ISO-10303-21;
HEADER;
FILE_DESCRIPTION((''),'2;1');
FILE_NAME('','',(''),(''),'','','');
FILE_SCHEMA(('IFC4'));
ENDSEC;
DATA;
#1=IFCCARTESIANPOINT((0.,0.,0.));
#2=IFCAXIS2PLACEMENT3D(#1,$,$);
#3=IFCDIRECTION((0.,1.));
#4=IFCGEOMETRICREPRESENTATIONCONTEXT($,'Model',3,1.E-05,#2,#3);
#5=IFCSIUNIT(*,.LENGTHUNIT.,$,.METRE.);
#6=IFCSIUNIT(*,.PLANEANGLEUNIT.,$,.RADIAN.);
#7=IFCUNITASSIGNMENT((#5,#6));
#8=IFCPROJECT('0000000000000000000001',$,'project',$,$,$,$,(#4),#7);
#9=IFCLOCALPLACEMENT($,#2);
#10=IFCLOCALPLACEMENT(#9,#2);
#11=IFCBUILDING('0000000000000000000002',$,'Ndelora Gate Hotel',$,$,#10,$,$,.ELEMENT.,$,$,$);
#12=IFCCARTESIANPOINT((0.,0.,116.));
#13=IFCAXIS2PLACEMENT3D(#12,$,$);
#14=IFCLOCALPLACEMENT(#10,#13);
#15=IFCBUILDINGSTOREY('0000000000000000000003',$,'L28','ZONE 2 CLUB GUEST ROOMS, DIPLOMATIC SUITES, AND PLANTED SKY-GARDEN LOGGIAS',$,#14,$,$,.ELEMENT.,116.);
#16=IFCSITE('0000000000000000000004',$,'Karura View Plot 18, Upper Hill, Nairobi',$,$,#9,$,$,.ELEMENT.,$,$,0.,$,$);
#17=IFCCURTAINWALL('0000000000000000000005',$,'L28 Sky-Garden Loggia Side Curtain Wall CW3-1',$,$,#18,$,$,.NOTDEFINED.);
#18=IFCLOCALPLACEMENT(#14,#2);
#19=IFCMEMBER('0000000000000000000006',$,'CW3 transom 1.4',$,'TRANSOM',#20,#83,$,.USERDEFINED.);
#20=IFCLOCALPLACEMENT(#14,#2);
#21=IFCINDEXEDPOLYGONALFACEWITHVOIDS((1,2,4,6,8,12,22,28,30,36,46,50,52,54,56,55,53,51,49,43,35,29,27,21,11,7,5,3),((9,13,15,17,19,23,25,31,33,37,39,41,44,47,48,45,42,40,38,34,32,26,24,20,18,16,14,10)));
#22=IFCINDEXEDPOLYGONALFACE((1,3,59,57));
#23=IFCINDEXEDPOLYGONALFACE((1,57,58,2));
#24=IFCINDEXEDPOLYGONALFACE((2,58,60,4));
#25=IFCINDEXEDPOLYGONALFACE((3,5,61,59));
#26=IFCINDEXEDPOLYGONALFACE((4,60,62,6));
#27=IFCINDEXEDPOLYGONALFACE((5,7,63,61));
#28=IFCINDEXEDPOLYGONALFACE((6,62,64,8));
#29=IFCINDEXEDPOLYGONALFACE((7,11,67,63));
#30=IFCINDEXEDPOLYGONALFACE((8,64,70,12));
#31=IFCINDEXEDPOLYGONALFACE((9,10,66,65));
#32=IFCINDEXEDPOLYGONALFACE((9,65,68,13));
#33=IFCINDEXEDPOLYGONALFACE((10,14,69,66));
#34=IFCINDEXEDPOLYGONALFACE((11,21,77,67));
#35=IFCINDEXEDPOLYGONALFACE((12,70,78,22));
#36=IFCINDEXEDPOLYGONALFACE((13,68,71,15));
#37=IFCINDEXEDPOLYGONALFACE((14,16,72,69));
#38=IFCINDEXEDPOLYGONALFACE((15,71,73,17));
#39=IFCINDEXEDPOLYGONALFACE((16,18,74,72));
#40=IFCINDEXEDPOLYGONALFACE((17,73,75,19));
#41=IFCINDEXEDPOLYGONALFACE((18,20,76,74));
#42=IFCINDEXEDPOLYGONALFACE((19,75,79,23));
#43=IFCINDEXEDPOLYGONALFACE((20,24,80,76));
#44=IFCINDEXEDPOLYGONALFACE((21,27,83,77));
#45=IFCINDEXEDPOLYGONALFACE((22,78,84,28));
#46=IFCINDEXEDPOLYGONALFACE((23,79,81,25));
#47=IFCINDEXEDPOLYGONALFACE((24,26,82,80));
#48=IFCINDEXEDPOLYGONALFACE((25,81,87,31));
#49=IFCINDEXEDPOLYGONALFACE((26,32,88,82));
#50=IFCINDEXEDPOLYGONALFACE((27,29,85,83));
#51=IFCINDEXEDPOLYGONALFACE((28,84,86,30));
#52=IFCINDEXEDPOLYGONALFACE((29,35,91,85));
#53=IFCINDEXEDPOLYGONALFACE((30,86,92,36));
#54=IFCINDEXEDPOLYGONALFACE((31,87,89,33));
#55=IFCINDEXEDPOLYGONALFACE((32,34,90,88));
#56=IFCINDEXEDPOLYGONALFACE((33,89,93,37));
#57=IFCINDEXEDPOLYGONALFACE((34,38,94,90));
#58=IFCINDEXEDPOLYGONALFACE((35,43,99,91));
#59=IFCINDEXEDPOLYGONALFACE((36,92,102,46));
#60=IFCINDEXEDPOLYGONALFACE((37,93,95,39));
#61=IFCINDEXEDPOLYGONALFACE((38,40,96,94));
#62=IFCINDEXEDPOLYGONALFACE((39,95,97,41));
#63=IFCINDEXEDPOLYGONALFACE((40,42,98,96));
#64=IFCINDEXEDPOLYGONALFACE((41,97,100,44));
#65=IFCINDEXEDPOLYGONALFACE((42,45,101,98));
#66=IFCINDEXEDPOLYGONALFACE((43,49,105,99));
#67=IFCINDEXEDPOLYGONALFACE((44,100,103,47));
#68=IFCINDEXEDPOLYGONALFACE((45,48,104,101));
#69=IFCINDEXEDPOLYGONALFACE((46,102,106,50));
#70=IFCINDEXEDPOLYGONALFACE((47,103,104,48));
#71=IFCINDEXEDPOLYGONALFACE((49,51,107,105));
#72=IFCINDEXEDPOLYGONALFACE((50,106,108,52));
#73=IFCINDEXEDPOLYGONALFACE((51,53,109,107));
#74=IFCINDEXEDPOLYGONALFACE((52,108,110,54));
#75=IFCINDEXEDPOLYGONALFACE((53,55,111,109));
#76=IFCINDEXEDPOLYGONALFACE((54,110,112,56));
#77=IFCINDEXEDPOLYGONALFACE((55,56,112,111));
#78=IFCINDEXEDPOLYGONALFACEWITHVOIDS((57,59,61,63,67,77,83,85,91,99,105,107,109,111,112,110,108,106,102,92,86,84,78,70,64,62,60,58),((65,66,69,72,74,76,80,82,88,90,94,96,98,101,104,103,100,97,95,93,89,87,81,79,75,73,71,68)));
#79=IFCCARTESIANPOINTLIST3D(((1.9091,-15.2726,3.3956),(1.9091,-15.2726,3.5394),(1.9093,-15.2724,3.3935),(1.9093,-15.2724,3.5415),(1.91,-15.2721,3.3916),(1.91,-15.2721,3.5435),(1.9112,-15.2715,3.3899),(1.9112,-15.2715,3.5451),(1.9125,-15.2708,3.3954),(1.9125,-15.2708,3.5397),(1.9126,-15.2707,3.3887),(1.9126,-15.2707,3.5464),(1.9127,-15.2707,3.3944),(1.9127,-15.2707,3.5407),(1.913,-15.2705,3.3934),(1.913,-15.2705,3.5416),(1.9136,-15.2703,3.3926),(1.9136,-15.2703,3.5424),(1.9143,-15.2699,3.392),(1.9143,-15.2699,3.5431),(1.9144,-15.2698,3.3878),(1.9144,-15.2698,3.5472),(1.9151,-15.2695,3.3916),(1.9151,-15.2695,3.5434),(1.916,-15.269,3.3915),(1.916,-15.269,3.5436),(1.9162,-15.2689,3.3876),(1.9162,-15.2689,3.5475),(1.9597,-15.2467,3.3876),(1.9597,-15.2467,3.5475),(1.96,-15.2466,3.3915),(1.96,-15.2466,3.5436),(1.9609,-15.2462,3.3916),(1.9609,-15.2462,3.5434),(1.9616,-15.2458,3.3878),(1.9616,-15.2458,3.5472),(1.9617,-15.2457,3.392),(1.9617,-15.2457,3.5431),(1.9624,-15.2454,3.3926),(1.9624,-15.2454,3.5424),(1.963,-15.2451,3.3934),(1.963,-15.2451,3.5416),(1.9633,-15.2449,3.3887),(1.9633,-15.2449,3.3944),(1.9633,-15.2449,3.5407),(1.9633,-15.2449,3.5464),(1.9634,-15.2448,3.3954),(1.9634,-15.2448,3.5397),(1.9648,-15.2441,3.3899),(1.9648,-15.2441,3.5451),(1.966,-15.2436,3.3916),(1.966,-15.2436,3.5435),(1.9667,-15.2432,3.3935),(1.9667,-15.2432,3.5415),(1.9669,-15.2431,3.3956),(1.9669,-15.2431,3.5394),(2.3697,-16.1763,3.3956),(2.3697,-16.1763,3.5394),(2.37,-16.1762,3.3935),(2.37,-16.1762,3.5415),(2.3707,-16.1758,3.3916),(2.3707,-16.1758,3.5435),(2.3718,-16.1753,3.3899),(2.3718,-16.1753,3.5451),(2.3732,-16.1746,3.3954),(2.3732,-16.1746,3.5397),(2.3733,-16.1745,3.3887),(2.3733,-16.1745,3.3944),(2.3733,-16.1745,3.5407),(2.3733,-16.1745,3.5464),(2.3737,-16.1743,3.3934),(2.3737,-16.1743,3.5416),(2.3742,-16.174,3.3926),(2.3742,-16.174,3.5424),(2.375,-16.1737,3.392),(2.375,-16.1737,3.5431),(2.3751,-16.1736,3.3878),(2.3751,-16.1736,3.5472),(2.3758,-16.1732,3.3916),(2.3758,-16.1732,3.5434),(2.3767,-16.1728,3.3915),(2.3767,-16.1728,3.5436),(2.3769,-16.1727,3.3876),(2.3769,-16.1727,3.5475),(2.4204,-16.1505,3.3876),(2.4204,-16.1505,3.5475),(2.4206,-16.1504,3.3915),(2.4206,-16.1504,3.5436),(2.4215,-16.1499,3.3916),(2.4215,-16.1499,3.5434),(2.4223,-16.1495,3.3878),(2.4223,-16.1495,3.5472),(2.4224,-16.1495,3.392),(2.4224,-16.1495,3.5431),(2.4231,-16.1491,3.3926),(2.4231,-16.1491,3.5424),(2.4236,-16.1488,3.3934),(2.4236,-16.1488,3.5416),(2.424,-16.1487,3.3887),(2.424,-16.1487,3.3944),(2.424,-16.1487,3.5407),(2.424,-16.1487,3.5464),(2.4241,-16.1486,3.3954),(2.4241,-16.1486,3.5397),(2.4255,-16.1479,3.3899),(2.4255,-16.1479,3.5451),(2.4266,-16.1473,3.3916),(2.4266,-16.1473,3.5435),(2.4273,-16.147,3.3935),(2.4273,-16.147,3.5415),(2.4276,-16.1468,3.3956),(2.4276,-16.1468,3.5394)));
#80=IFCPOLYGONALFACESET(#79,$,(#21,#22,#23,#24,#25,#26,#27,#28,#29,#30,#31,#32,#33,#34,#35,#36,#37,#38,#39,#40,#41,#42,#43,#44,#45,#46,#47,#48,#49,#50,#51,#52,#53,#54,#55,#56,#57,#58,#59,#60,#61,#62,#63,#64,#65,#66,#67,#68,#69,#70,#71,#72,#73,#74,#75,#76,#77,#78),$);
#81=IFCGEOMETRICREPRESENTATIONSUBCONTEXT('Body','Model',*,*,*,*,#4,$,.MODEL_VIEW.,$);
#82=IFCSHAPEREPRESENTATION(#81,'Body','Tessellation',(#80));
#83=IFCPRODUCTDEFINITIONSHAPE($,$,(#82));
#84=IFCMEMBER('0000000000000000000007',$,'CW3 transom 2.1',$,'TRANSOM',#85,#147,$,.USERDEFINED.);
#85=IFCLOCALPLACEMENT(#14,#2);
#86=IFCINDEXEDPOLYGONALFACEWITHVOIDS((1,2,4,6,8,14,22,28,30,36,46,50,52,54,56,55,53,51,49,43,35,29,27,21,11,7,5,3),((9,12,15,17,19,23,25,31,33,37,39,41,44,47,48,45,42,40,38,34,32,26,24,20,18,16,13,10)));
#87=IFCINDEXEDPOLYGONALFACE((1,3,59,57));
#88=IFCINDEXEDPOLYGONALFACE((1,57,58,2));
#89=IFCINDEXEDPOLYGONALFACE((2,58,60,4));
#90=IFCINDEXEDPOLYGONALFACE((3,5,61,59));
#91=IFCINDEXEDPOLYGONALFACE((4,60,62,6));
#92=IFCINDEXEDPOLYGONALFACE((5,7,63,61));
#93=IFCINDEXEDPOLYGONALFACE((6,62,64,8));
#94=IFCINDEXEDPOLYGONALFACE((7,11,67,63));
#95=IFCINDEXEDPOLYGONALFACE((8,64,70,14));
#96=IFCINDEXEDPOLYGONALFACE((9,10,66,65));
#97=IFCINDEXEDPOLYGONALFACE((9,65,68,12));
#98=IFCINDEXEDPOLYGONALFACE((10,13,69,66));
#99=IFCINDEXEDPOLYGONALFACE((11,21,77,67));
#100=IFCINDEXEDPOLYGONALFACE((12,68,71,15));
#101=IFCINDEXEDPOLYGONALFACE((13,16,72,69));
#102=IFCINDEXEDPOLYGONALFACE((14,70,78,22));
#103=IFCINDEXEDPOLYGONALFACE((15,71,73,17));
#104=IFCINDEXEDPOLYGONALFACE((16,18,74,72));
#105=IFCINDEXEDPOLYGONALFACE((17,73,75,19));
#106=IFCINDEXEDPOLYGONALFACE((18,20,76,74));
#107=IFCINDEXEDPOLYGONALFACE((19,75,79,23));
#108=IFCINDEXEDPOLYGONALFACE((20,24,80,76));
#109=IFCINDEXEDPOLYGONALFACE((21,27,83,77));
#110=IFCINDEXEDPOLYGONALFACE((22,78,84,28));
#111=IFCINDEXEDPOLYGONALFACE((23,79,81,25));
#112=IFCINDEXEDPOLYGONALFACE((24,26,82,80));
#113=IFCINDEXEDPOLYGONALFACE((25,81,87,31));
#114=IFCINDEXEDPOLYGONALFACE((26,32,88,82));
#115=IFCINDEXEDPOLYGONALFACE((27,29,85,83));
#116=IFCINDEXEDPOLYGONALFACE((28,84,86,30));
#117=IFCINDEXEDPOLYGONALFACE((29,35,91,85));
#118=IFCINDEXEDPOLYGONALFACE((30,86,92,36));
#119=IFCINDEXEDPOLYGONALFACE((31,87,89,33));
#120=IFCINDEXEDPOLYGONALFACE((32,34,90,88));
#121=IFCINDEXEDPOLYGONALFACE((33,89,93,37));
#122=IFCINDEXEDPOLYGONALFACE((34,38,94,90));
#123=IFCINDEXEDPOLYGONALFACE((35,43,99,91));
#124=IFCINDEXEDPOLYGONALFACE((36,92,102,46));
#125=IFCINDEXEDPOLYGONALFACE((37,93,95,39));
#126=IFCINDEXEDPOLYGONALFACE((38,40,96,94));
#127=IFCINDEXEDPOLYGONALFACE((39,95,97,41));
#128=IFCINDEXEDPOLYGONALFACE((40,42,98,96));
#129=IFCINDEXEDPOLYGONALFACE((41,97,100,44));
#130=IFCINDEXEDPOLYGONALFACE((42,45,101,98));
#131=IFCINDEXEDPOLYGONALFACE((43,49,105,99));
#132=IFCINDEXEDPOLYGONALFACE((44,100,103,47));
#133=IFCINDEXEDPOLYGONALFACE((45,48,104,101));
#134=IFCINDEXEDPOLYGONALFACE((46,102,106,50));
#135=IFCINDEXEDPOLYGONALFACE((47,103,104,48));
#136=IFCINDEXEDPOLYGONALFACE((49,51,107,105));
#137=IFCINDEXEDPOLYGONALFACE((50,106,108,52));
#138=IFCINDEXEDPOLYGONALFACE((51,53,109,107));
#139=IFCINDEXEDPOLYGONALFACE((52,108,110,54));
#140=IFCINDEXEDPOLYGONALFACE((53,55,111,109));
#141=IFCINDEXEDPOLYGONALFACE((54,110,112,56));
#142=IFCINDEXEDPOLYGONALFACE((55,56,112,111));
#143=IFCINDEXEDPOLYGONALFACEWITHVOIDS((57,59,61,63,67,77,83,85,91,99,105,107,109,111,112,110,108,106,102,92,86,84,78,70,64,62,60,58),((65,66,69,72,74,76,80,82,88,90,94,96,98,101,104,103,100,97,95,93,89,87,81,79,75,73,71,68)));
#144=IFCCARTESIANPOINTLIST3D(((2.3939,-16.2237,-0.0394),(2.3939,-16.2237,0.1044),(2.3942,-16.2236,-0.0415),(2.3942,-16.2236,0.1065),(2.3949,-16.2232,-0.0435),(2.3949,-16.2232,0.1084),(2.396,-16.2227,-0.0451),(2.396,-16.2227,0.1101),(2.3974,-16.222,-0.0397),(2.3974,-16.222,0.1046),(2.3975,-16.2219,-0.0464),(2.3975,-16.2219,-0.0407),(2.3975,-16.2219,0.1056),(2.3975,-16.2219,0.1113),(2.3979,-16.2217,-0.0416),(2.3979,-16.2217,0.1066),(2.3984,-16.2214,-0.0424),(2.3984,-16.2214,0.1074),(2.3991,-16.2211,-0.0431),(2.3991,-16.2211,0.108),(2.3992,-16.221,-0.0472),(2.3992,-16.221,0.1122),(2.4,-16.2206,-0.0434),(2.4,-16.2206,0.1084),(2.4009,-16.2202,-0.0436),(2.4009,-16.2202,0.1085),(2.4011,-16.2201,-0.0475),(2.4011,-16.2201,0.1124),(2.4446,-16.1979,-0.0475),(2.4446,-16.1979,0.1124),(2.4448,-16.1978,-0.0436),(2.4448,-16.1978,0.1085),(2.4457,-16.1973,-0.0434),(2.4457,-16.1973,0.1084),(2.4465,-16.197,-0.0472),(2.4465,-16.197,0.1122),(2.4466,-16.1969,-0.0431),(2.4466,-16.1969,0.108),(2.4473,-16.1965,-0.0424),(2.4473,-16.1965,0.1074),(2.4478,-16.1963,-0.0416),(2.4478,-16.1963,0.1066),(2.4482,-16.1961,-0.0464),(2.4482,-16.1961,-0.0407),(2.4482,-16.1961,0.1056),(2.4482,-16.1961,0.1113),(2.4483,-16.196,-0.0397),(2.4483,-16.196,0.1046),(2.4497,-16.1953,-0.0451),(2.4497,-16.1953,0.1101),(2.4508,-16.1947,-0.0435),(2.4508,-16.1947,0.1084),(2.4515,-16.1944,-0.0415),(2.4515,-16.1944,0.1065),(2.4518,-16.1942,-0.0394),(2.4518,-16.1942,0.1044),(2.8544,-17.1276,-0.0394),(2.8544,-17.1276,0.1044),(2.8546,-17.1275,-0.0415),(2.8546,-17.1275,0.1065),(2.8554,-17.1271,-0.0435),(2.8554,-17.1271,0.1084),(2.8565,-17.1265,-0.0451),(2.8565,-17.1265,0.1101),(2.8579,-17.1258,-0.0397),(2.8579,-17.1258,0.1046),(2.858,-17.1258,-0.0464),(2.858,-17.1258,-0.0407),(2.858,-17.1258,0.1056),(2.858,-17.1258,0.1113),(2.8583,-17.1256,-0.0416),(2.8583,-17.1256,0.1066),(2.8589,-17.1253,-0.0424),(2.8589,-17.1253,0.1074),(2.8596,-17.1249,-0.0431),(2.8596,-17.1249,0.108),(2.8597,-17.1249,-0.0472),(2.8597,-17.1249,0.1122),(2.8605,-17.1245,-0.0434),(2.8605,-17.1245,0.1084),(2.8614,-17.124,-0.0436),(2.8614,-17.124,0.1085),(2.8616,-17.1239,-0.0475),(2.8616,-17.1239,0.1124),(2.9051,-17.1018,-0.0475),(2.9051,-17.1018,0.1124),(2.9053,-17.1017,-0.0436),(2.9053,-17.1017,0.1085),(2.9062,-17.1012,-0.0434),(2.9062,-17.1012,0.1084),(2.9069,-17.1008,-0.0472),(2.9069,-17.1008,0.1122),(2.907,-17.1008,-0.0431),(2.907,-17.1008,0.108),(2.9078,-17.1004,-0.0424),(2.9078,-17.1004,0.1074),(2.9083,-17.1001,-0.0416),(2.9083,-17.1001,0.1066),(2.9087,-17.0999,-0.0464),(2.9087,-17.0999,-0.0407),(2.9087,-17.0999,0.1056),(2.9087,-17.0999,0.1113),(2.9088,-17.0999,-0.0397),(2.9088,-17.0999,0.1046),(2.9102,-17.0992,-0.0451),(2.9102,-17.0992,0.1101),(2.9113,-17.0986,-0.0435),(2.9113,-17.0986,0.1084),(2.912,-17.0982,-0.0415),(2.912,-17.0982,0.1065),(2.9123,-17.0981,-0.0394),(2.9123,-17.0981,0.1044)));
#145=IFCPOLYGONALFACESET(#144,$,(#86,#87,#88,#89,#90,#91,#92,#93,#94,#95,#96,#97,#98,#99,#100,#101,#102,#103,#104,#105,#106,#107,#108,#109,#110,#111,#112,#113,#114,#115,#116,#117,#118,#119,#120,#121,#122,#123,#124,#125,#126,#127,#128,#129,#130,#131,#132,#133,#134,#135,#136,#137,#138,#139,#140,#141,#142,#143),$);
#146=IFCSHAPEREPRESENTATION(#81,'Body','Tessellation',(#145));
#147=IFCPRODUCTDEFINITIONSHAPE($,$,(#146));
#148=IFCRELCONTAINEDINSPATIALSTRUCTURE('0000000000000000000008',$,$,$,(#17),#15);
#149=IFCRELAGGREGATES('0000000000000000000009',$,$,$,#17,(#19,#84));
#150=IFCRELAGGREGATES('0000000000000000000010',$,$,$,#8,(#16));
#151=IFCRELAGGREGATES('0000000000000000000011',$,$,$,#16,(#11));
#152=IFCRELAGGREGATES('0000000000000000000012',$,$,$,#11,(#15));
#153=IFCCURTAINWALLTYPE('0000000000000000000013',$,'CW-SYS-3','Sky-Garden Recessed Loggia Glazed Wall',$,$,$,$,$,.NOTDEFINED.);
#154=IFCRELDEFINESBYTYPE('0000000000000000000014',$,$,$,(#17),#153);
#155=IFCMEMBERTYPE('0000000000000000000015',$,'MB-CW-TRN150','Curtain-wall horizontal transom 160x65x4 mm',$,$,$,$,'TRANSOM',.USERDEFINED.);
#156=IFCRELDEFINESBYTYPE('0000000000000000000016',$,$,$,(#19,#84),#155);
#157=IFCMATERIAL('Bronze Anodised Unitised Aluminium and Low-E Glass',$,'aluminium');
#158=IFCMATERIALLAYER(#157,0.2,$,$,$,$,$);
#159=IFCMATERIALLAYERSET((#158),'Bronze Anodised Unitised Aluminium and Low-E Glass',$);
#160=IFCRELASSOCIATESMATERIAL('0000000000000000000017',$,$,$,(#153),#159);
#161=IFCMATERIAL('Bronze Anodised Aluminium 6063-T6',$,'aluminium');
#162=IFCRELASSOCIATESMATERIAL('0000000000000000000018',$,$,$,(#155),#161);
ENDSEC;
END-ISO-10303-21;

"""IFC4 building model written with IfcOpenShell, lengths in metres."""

from ifc_helpers import new_model, si_unit, direction, frame, origin, origin_2d, place, context, subcontext, project, spatial, hollow_rectangle, extrude, material, layer, layer_set, material_profile, profile_set, type_object, element, aggregate, save


model = new_model("IFC4")

# Units and contexts
model_context = context("Model", 3, precision=1e-05, world=origin(), true_north=direction((0.0, 1.0)))
body_context = subcontext(model_context, "Body", "Model", "MODEL_VIEW")
ifc_project = project(units=[si_unit("LENGTHUNIT", "METRE"), si_unit("PLANEANGLEUNIT", "RADIAN")], contexts=[model_context])

# Site, building, storey
site_placement = place(None, origin())
site = spatial("IfcSite", under=ifc_project, at=site_placement, Name="Karura View Plot 18, Upper Hill, Nairobi", CompositionType="ELEMENT", RefElevation=0.0)
building_placement = place(site_placement, origin())
building = spatial("IfcBuilding", under=site, at=building_placement, Name="Ndelora Gate Hotel", CompositionType="ELEMENT")
storey_placement = place(building_placement, frame((0.0, 0.0, 116.0)))
storey = spatial("IfcBuildingStorey", under=building, at=storey_placement, Name="L28", Description="ZONE 2 CLUB GUEST ROOMS, DIPLOMATIC SUITES, AND PLANTED SKY-GARDEN LOGGIAS", CompositionType="ELEMENT", Elevation=116.0)

# Curtain wall, members
ifc_material_1 = material(Name="Bronze Anodised Unitised Aluminium and Low-E Glass", Category="aluminium")
ifc_layer_1 = layer(ifc_material_1, 0.2)
ifc_layer_set_1 = layer_set([ifc_layer_1], Name="Bronze Anodised Unitised Aluminium and Low-E Glass")
curtain_wall_type = type_object("IfcCurtainWallType", Name="CW-SYS-3", Description="Sky-Garden Recessed Loggia Glazed Wall", PredefinedType="NOTDEFINED", material=ifc_layer_set_1)
curtain_wall_placement = place(storey_placement, origin())
curtain_wall = element("IfcCurtainWall", 1, at=curtain_wall_placement, inside=storey, type_object=curtain_wall_type, Name="L28 Sky-Garden Loggia Side Curtain Wall CW3-1", PredefinedType="NOTDEFINED")
ifc_material_2 = material(Name="Bronze Anodised Aluminium 6063-T6", Category="aluminium")
ifc_material_profile_1 = material_profile(ifc_material_2, hollow_rectangle(XDim=0.0649, YDim=0.1599, WallThickness=0.0039, InnerFilletRadius=0.0039, OuterFilletRadius=0.0081, at=origin_2d()), Name="ALU 160x65x4")
ifc_profile_set_1 = profile_set([ifc_material_profile_1], Name="Bronze Anodised Aluminium 6063-T6")
member_type_1 = type_object("IfcMemberType", Name="MB-CW-TRN150", Description="Curtain-wall horizontal transom 160x65x4 mm", ElementType="TRANSOM", PredefinedType="USERDEFINED", material=ifc_profile_set_1)
member_1_placement = place(storey_placement, frame((1.938, -15.2578, 3.4675), z_axis=(0.454131, -0.890935, 0.0), x_axis=(0.890935, 0.454131, 0.0)))
member_1 = element("IfcMember", 2, at=member_1_placement, type_object=member_type_1, Name="CW3 transom 1.4", ObjectType="TRANSOM", PredefinedType="USERDEFINED", context=body_context, shape_type="SweptSolid", body=[
    extrude(hollow_rectangle(XDim=0.0649, YDim=0.1599, WallThickness=0.0039, InnerFilletRadius=0.0039, OuterFilletRadius=0.0081, at=origin_2d()), origin(), (0.0, 0.0, 1.0), 1.0144),
])
member_2_placement = place(storey_placement, frame((2.4229, -16.209, 0.0325), z_axis=(0.45394, -0.891032, 0.0), x_axis=(0.891032, 0.45394, 0.0)))
member_2 = element("IfcMember", 3, at=member_2_placement, type_object=member_type_1, Name="CW3 transom 2.1", ObjectType="TRANSOM", PredefinedType="USERDEFINED", context=body_context, shape_type="SweptSolid", body=[
    extrude(hollow_rectangle(XDim=0.0649, YDim=0.1599, WallThickness=0.0039, InnerFilletRadius=0.0039, OuterFilletRadius=0.0081, at=origin_2d()), origin(), (0.0, 0.0, 1.0), 1.0144),
])
aggregate(curtain_wall, [member_1, member_2])

save(model, "model.ifc")
